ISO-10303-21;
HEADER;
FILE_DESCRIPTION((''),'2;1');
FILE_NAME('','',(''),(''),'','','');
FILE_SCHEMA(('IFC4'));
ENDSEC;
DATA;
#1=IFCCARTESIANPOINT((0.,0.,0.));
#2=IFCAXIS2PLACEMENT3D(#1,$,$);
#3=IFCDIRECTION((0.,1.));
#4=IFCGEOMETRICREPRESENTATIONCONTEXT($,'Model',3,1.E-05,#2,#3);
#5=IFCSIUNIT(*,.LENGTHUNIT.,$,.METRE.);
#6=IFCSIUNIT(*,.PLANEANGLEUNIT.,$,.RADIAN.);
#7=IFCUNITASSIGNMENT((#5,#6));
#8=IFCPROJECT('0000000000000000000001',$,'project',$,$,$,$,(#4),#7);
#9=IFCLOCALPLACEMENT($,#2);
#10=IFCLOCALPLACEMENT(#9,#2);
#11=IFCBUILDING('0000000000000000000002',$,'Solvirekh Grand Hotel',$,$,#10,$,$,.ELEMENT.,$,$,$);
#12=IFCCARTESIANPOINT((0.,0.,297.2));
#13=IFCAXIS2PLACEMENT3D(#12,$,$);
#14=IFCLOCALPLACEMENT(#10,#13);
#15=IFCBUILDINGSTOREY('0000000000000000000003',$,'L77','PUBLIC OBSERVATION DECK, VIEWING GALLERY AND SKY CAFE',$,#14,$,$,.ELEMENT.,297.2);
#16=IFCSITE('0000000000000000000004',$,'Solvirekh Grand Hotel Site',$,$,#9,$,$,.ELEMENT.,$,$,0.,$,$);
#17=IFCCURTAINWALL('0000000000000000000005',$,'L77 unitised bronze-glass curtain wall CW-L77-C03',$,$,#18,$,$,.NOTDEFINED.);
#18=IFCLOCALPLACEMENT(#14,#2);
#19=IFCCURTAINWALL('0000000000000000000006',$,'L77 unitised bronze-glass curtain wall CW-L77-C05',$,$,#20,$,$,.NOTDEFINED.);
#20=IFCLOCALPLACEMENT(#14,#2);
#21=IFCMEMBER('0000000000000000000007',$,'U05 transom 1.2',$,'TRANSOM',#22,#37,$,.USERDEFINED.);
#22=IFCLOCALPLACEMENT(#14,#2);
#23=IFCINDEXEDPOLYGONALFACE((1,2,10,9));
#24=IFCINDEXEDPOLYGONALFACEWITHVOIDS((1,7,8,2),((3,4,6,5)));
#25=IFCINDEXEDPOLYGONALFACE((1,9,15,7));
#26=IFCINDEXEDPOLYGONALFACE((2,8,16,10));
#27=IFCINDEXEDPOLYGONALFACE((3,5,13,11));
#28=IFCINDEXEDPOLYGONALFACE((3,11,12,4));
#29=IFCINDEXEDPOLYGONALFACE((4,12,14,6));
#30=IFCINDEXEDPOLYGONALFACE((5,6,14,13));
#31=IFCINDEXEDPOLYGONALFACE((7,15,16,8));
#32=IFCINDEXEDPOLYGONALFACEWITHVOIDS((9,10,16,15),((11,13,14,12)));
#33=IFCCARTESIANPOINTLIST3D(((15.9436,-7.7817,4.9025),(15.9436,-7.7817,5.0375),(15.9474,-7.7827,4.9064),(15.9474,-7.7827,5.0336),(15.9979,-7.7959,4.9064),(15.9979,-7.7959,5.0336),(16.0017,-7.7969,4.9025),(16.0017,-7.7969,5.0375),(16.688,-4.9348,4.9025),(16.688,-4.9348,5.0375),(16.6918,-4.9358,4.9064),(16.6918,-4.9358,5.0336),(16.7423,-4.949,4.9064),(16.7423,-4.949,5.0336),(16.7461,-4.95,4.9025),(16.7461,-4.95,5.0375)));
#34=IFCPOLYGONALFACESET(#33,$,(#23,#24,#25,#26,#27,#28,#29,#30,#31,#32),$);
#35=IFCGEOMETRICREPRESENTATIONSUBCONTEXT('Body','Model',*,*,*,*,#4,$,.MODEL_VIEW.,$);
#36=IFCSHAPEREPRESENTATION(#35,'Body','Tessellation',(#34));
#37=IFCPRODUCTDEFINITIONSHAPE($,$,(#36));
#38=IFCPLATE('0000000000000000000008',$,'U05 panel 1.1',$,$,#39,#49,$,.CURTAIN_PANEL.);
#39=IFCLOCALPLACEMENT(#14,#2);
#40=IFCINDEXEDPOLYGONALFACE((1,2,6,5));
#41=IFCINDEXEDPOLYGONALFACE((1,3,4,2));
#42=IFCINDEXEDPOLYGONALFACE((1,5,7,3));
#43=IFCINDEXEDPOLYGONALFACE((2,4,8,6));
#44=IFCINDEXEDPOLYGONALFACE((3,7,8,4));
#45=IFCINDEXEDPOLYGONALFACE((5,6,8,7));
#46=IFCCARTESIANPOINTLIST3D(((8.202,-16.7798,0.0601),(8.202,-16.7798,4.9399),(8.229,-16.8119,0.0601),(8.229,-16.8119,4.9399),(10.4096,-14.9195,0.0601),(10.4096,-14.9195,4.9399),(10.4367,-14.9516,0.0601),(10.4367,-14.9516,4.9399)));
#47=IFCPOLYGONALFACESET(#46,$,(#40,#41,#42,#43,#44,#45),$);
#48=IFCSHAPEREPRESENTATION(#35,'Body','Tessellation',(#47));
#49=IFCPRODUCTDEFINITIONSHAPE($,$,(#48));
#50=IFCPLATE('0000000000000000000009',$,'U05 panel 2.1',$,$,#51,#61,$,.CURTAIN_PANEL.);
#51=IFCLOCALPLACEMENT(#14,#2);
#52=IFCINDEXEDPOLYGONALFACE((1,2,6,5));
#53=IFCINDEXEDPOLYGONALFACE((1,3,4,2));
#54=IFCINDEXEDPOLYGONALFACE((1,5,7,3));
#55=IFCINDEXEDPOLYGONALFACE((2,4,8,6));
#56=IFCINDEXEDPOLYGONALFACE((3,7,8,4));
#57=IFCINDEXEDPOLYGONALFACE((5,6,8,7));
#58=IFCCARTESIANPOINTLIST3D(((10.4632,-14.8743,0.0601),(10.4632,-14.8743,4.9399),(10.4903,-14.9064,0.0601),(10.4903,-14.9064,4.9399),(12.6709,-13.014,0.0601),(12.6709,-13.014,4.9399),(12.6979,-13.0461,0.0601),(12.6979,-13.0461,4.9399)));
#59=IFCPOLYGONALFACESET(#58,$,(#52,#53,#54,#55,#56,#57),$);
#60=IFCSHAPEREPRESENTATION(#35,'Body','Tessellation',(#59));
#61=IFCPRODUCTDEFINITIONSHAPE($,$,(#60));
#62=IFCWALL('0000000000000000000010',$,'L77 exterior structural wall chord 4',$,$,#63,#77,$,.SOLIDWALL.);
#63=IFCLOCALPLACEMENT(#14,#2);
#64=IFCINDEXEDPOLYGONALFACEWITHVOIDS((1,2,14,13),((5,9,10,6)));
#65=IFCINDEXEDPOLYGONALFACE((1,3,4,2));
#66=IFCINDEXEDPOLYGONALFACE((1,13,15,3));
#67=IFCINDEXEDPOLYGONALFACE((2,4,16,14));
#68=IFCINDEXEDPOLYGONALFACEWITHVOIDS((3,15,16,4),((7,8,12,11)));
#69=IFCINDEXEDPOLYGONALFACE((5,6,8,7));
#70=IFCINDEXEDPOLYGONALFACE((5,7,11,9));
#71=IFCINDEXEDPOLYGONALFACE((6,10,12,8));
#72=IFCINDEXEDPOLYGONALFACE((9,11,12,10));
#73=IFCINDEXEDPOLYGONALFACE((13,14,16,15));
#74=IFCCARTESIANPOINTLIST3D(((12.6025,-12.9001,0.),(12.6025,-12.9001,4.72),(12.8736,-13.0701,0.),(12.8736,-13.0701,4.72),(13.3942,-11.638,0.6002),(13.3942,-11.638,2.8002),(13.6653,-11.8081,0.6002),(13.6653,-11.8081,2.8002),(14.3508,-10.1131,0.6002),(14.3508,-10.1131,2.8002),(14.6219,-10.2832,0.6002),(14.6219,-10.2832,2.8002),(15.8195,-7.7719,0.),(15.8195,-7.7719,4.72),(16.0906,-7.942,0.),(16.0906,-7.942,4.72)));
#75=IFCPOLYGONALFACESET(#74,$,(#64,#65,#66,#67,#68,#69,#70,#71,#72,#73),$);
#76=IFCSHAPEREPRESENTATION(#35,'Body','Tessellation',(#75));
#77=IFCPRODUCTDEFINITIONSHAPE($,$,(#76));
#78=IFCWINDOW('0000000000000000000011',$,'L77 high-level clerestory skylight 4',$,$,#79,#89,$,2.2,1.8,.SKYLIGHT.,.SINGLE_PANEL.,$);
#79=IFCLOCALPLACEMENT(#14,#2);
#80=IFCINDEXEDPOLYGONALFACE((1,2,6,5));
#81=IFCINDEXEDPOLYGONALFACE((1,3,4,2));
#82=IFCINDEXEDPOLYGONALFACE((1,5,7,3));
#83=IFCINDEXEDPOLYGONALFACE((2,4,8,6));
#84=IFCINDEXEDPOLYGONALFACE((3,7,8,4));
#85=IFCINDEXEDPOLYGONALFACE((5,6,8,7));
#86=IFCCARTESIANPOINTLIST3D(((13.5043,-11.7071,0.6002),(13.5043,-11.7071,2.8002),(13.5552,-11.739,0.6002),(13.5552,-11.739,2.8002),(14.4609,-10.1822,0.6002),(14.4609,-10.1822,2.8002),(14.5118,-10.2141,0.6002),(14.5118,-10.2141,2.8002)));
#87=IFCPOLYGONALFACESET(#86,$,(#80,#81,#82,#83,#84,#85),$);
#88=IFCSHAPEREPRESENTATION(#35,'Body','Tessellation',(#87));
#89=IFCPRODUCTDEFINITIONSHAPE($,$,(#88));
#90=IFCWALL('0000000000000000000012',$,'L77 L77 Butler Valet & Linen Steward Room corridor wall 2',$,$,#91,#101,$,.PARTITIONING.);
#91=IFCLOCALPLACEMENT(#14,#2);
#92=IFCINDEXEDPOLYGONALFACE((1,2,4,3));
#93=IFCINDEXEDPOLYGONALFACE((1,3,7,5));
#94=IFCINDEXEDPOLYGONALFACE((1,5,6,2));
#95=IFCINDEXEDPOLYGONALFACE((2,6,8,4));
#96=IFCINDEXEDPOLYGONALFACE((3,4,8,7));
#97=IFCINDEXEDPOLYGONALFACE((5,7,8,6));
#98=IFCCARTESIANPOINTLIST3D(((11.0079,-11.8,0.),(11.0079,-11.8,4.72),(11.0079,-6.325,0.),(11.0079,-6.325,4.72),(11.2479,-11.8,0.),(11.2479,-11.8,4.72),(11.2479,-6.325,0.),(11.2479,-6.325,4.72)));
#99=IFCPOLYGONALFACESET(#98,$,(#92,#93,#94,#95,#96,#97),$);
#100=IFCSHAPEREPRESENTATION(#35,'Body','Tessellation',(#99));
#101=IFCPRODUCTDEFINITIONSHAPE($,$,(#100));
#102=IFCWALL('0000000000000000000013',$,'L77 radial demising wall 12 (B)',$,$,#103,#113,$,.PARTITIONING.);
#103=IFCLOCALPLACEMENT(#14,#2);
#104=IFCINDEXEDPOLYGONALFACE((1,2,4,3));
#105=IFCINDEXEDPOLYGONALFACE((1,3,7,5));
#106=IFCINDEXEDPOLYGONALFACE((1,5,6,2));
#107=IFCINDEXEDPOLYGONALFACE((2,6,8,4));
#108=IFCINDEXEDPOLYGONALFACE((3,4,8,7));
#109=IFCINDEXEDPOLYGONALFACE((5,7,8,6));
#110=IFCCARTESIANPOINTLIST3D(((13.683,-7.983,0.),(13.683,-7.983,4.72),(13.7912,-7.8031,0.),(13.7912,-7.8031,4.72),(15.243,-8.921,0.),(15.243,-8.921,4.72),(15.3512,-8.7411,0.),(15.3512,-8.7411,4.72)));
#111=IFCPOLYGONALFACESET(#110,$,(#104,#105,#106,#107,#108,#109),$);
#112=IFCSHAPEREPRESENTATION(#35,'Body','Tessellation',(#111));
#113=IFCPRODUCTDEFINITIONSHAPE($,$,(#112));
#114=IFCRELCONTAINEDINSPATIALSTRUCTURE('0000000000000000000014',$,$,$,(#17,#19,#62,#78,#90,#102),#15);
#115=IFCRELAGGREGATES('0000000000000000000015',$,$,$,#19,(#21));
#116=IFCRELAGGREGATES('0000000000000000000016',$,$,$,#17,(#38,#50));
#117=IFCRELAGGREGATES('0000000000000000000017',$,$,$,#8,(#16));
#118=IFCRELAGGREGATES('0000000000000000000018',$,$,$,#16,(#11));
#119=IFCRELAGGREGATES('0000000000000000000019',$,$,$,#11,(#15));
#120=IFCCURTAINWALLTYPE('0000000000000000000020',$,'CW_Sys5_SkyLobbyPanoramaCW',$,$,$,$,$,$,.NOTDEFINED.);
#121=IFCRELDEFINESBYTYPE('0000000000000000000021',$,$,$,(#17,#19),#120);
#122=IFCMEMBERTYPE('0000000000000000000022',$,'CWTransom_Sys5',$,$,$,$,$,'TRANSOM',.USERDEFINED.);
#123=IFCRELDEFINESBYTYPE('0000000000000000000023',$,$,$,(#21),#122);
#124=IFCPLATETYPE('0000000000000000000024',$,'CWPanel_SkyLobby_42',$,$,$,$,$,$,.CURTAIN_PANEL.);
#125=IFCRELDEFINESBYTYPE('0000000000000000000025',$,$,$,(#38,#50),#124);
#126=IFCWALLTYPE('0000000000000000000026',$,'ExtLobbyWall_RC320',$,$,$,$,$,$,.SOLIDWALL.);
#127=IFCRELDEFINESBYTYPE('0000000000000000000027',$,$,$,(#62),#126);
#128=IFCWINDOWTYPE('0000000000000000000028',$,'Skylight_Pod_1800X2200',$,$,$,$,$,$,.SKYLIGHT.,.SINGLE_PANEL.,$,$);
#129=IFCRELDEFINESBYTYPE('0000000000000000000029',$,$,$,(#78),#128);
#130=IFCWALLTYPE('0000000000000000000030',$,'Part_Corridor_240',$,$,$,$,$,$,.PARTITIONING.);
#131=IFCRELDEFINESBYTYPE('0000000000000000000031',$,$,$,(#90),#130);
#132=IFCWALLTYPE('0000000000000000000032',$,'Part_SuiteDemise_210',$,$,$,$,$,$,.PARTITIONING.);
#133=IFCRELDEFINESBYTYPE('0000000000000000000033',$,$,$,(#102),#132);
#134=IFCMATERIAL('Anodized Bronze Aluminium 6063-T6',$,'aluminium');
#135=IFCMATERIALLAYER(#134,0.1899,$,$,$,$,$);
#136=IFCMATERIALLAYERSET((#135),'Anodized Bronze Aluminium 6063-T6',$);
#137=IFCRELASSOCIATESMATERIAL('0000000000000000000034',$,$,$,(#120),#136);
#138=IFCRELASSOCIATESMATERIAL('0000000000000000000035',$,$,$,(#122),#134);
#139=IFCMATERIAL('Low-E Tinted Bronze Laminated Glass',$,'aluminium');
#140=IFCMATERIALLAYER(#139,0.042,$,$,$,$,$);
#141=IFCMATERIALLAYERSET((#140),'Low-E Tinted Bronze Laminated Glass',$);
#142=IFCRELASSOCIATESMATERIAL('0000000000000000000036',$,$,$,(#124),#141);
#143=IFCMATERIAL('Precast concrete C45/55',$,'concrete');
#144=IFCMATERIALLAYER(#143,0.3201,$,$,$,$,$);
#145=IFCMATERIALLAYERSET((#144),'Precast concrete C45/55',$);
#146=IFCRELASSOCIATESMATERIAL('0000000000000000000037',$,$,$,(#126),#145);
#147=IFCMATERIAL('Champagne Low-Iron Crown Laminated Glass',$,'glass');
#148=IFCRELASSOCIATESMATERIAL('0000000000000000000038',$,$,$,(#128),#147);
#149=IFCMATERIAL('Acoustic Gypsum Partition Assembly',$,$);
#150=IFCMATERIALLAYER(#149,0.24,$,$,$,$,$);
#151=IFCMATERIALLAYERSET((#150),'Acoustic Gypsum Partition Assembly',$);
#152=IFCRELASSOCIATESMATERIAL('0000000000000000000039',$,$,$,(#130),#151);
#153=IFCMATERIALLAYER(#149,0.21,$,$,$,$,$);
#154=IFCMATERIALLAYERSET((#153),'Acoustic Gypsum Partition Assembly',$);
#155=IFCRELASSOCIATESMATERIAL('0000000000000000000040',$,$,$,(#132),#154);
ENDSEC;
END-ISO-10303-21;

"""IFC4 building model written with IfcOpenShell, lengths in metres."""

from ifc_helpers import new_model, si_unit, direction, frame, frame_2d, origin, origin_2d, place, context, subcontext, project, spatial, rectangle, hollow_rectangle, extrude, source, transform, mapped, material, layer, layer_set, material_profile, profile_set, type_object, element, fill, aggregate, save


model = new_model("IFC4")

# Units and contexts
model_context = context("Model", 3, precision=1e-05, world=origin(), true_north=direction((0.0, 1.0)))
body_context = subcontext(model_context, "Body", "Model", "MODEL_VIEW")
ifc_project = project(units=[si_unit("LENGTHUNIT", "METRE"), si_unit("PLANEANGLEUNIT", "RADIAN")], contexts=[model_context])

# Site, building, storey
site_placement = place(None, origin())
site = spatial("IfcSite", under=ifc_project, at=site_placement, Name="Solvirekh Grand Hotel Site", CompositionType="ELEMENT", RefElevation=0.0)
building_placement = place(site_placement, origin())
building = spatial("IfcBuilding", under=site, at=building_placement, Name="Solvirekh Grand Hotel", CompositionType="ELEMENT")
storey_placement = place(building_placement, frame((0.0, 0.0, 297.2)))
storey = spatial("IfcBuildingStorey", under=building, at=storey_placement, Name="L77", Description="PUBLIC OBSERVATION DECK, VIEWING GALLERY AND SKY CAFE", CompositionType="ELEMENT", Elevation=297.2)

# Shared definitions
ifc_material_1 = material(Name="Anodized Bronze Aluminium 6063-T6", Category="aluminium")
ifc_layer_1 = layer(ifc_material_1, 0.1899)
ifc_layer_set_1 = layer_set([ifc_layer_1], Name="Anodized Bronze Aluminium 6063-T6")
curtain_wall_type = type_object("IfcCurtainWallType", Name="CW_Sys5_SkyLobbyPanoramaCW", PredefinedType="NOTDEFINED", material=ifc_layer_set_1)

# Curtain wall
curtain_wall_1_placement = place(storey_placement, origin())
curtain_wall_1 = element("IfcCurtainWall", 1, at=curtain_wall_1_placement, inside=storey, type_object=curtain_wall_type, Name="L77 unitised bronze-glass curtain wall CW-L77-C03", PredefinedType="NOTDEFINED")

# Curtain wall
curtain_wall_2_placement = place(storey_placement, origin())
curtain_wall_2 = element("IfcCurtainWall", 2, at=curtain_wall_2_placement, inside=storey, type_object=curtain_wall_type, Name="L77 unitised bronze-glass curtain wall CW-L77-C05", PredefinedType="NOTDEFINED")

# Member
ifc_material_profile_1 = material_profile(ifc_material_1, hollow_rectangle(XDim=0.0601, YDim=0.135, WallThickness=0.0039, at=origin_2d()), Name="ALU RHS 135X60X4")
ifc_profile_set_1 = profile_set([ifc_material_profile_1], Name="Anodized Bronze Aluminium 6063-T6")
member_type_1 = type_object("IfcMemberType", Name="CWTransom_Sys5", ElementType="TRANSOM", PredefinedType="USERDEFINED", material=ifc_profile_set_1)
shared_shape_1 = source(origin(), body_context, "Body", "SweptSolid", [
    extrude(hollow_rectangle(XDim=0.0601, YDim=0.135, WallThickness=0.0039, at=origin_2d()), origin(), (0.0, 0.0, 1.0), 2.9426),
])
member_1_placement = place(storey_placement, frame((15.9727, -7.7893, 4.97), z_axis=(0.252966, 0.967475, 0.0), x_axis=(-0.967475, 0.252966, 0.0)))
member_1 = element("IfcMember", 3, at=member_1_placement, type_object=member_type_1, Name="U05 transom 1.2", ObjectType="TRANSOM", PredefinedType="USERDEFINED", context=body_context, shape_type="MappedRepresentation", body=[
    mapped(shared_shape_1, transform((0.0, 0.0, 0.0), x_axis=(1.0, 0.0, 0.0), y_axis=(0.0, 1.0, 0.0), z_axis=(0.0, 0.0, 1.0), scale=1.0)),
])
aggregate(curtain_wall_2, [member_1])

# Plates
ifc_material_2 = material(Name="Low-E Tinted Bronze Laminated Glass", Category="aluminium")
ifc_layer_2 = layer(ifc_material_2, 0.042)
ifc_layer_set_2 = layer_set([ifc_layer_2], Name="Low-E Tinted Bronze Laminated Glass")
plate_type = type_object("IfcPlateType", Name="CWPanel_SkyLobby_42", PredefinedType="CURTAIN_PANEL", material=ifc_layer_set_2)
shared_shape_2 = source(origin(), body_context, "Body", "SweptSolid", [
    extrude(rectangle(XDim=2.887, YDim=0.042, at=origin_2d()), origin(), (0.0, 0.0, 1.0), 4.8799),
])
plate_1_placement = place(storey_placement, frame((9.3193, -15.8657, 0.0601), z_axis=(0.0, 0.0, 1.0), x_axis=(0.764703, 0.644383, 0.0)))
plate_1 = element("IfcPlate", 4, at=plate_1_placement, type_object=plate_type, Name="U05 panel 1.1", PredefinedType="CURTAIN_PANEL", context=body_context, shape_type="MappedRepresentation", body=[
    mapped(shared_shape_2, transform((0.0, 0.0, 0.0), x_axis=(1.0, 0.0, 0.0), y_axis=(0.0, 1.0, 0.0), z_axis=(0.0, 0.0, 1.0), scale=1.0)),
])
plate_2_placement = place(storey_placement, frame((11.5806, -13.9602, 0.0601), z_axis=(0.0, 0.0, 1.0), x_axis=(0.764703, 0.644383, 0.0)))
plate_2 = element("IfcPlate", 5, at=plate_2_placement, type_object=plate_type, Name="U05 panel 2.1", PredefinedType="CURTAIN_PANEL", context=body_context, shape_type="MappedRepresentation", body=[
    mapped(shared_shape_2, transform((0.0, 0.0, 0.0), x_axis=(1.0, 0.0, 0.0), y_axis=(0.0, 1.0, 0.0), z_axis=(0.0, 0.0, 1.0), scale=1.0)),
])
aggregate(curtain_wall_1, [plate_1, plate_2])

# Wall, opening, window
ifc_material_3 = material(Name="Precast concrete C45/55", Category="concrete")
ifc_layer_3 = layer(ifc_material_3, 0.3201)
ifc_layer_set_3 = layer_set([ifc_layer_3], Name="Precast concrete C45/55")
wall_type_1 = type_object("IfcWallType", Name="ExtLobbyWall_RC320", PredefinedType="SOLIDWALL", material=ifc_layer_set_3)
wall_1_placement = place(storey_placement, frame((15.9551, -7.8569, 0.0), z_axis=(0.0, 0.0, 1.0), x_axis=(-0.531416, -0.847111, 0.0)))
wall_1 = element("IfcWall", 6, at=wall_1_placement, inside=storey, type_object=wall_type_1, Name="L77 exterior structural wall chord 4", PredefinedType="SOLIDWALL", context=body_context, shape_type="SweptSolid", body=[
    extrude(rectangle(XDim=6.0537, YDim=0.3201, at=frame_2d((3.0269, 0.0))), origin(), (0.0, 0.0, 1.0), 4.72),
])
opening_placement = place(wall_1_placement, frame((2.7639, 0.0, 0.6001)))
opening = element("IfcOpeningElement", 7, at=opening_placement, cuts=wall_1, PredefinedType="OPENING", context=body_context, shape_type="SweptSolid", body=[
    extrude(rectangle(XDim=1.8, YDim=2.2, at=frame_2d((0.8999, 1.1001))), frame((0.0, 0.1699, 0.0), z_axis=(0.0, -1.0, 0.0), x_axis=(1.0, 0.0, 0.0)), (0.0, 0.0, 1.0), 0.3401),
])
ifc_material_4 = material(Name="Champagne Low-Iron Crown Laminated Glass", Category="glass")
window_type = type_object("IfcWindowType", Name="Skylight_Pod_1800X2200", PartitioningType="SINGLE_PANEL", PredefinedType="SKYLIGHT", material=ifc_material_4)
window_placement = place(opening_placement, origin())
window = element("IfcWindow", 8, at=window_placement, inside=storey, type_object=window_type, Name="L77 high-level clerestory skylight 4", OverallHeight=2.2, OverallWidth=1.8, PartitioningType="SINGLE_PANEL", PredefinedType="SKYLIGHT", context=body_context, shape_type="SweptSolid", body=[
    extrude(rectangle(XDim=1.8, YDim=2.2, at=frame_2d((0.8999, 1.1001))), frame((0.0, 0.03, 0.0), z_axis=(0.0, -1.0, 0.0), x_axis=(1.0, 0.0, 0.0)), (0.0, 0.0, 1.0), 0.0601),
])
fill(opening, window)

# Walls
ifc_material_5 = material(Name="Acoustic Gypsum Partition Assembly")
ifc_layer_4 = layer(ifc_material_5, 0.24)
ifc_layer_set_4 = layer_set([ifc_layer_4], Name="Acoustic Gypsum Partition Assembly")
wall_type_2 = type_object("IfcWallType", Name="Part_Corridor_240", PredefinedType="PARTITIONING", material=ifc_layer_set_4)
wall_2_placement = place(storey_placement, frame((11.1279, -11.8, 0.0), z_axis=(0.0, 0.0, 1.0), x_axis=(0.0, 1.0, 0.0)))
element("IfcWall", 9, at=wall_2_placement, inside=storey, type_object=wall_type_2, Name="L77 L77 Butler Valet & Linen Steward Room corridor wall 2", PredefinedType="PARTITIONING", context=body_context, shape_type="SweptSolid", body=[
    extrude(rectangle(XDim=5.4751, YDim=0.24, at=frame_2d((2.7375, 0.0))), origin(), (0.0, 0.0, 1.0), 4.72),
])
ifc_layer_5 = layer(ifc_material_5, 0.21)
ifc_layer_set_5 = layer_set([ifc_layer_5], Name="Acoustic Gypsum Partition Assembly")
wall_type_3 = type_object("IfcWallType", Name="Part_SuiteDemise_210", PredefinedType="PARTITIONING", material=ifc_layer_set_5)
wall_3_placement = place(storey_placement, frame((13.7371, -7.8931, 0.0), z_axis=(0.0, 0.0, 1.0), x_axis=(0.857019, -0.515284, 0.0)))
element("IfcWall", 10, at=wall_3_placement, inside=storey, type_object=wall_type_3, Name="L77 radial demising wall 12 (B)", PredefinedType="PARTITIONING", context=body_context, shape_type="SweptSolid", body=[
    extrude(rectangle(XDim=1.8203, YDim=0.21, at=frame_2d((0.9102, 0.0))), origin(), (0.0, 0.0, 1.0), 4.72),
])

save(model, "model.ifc")
